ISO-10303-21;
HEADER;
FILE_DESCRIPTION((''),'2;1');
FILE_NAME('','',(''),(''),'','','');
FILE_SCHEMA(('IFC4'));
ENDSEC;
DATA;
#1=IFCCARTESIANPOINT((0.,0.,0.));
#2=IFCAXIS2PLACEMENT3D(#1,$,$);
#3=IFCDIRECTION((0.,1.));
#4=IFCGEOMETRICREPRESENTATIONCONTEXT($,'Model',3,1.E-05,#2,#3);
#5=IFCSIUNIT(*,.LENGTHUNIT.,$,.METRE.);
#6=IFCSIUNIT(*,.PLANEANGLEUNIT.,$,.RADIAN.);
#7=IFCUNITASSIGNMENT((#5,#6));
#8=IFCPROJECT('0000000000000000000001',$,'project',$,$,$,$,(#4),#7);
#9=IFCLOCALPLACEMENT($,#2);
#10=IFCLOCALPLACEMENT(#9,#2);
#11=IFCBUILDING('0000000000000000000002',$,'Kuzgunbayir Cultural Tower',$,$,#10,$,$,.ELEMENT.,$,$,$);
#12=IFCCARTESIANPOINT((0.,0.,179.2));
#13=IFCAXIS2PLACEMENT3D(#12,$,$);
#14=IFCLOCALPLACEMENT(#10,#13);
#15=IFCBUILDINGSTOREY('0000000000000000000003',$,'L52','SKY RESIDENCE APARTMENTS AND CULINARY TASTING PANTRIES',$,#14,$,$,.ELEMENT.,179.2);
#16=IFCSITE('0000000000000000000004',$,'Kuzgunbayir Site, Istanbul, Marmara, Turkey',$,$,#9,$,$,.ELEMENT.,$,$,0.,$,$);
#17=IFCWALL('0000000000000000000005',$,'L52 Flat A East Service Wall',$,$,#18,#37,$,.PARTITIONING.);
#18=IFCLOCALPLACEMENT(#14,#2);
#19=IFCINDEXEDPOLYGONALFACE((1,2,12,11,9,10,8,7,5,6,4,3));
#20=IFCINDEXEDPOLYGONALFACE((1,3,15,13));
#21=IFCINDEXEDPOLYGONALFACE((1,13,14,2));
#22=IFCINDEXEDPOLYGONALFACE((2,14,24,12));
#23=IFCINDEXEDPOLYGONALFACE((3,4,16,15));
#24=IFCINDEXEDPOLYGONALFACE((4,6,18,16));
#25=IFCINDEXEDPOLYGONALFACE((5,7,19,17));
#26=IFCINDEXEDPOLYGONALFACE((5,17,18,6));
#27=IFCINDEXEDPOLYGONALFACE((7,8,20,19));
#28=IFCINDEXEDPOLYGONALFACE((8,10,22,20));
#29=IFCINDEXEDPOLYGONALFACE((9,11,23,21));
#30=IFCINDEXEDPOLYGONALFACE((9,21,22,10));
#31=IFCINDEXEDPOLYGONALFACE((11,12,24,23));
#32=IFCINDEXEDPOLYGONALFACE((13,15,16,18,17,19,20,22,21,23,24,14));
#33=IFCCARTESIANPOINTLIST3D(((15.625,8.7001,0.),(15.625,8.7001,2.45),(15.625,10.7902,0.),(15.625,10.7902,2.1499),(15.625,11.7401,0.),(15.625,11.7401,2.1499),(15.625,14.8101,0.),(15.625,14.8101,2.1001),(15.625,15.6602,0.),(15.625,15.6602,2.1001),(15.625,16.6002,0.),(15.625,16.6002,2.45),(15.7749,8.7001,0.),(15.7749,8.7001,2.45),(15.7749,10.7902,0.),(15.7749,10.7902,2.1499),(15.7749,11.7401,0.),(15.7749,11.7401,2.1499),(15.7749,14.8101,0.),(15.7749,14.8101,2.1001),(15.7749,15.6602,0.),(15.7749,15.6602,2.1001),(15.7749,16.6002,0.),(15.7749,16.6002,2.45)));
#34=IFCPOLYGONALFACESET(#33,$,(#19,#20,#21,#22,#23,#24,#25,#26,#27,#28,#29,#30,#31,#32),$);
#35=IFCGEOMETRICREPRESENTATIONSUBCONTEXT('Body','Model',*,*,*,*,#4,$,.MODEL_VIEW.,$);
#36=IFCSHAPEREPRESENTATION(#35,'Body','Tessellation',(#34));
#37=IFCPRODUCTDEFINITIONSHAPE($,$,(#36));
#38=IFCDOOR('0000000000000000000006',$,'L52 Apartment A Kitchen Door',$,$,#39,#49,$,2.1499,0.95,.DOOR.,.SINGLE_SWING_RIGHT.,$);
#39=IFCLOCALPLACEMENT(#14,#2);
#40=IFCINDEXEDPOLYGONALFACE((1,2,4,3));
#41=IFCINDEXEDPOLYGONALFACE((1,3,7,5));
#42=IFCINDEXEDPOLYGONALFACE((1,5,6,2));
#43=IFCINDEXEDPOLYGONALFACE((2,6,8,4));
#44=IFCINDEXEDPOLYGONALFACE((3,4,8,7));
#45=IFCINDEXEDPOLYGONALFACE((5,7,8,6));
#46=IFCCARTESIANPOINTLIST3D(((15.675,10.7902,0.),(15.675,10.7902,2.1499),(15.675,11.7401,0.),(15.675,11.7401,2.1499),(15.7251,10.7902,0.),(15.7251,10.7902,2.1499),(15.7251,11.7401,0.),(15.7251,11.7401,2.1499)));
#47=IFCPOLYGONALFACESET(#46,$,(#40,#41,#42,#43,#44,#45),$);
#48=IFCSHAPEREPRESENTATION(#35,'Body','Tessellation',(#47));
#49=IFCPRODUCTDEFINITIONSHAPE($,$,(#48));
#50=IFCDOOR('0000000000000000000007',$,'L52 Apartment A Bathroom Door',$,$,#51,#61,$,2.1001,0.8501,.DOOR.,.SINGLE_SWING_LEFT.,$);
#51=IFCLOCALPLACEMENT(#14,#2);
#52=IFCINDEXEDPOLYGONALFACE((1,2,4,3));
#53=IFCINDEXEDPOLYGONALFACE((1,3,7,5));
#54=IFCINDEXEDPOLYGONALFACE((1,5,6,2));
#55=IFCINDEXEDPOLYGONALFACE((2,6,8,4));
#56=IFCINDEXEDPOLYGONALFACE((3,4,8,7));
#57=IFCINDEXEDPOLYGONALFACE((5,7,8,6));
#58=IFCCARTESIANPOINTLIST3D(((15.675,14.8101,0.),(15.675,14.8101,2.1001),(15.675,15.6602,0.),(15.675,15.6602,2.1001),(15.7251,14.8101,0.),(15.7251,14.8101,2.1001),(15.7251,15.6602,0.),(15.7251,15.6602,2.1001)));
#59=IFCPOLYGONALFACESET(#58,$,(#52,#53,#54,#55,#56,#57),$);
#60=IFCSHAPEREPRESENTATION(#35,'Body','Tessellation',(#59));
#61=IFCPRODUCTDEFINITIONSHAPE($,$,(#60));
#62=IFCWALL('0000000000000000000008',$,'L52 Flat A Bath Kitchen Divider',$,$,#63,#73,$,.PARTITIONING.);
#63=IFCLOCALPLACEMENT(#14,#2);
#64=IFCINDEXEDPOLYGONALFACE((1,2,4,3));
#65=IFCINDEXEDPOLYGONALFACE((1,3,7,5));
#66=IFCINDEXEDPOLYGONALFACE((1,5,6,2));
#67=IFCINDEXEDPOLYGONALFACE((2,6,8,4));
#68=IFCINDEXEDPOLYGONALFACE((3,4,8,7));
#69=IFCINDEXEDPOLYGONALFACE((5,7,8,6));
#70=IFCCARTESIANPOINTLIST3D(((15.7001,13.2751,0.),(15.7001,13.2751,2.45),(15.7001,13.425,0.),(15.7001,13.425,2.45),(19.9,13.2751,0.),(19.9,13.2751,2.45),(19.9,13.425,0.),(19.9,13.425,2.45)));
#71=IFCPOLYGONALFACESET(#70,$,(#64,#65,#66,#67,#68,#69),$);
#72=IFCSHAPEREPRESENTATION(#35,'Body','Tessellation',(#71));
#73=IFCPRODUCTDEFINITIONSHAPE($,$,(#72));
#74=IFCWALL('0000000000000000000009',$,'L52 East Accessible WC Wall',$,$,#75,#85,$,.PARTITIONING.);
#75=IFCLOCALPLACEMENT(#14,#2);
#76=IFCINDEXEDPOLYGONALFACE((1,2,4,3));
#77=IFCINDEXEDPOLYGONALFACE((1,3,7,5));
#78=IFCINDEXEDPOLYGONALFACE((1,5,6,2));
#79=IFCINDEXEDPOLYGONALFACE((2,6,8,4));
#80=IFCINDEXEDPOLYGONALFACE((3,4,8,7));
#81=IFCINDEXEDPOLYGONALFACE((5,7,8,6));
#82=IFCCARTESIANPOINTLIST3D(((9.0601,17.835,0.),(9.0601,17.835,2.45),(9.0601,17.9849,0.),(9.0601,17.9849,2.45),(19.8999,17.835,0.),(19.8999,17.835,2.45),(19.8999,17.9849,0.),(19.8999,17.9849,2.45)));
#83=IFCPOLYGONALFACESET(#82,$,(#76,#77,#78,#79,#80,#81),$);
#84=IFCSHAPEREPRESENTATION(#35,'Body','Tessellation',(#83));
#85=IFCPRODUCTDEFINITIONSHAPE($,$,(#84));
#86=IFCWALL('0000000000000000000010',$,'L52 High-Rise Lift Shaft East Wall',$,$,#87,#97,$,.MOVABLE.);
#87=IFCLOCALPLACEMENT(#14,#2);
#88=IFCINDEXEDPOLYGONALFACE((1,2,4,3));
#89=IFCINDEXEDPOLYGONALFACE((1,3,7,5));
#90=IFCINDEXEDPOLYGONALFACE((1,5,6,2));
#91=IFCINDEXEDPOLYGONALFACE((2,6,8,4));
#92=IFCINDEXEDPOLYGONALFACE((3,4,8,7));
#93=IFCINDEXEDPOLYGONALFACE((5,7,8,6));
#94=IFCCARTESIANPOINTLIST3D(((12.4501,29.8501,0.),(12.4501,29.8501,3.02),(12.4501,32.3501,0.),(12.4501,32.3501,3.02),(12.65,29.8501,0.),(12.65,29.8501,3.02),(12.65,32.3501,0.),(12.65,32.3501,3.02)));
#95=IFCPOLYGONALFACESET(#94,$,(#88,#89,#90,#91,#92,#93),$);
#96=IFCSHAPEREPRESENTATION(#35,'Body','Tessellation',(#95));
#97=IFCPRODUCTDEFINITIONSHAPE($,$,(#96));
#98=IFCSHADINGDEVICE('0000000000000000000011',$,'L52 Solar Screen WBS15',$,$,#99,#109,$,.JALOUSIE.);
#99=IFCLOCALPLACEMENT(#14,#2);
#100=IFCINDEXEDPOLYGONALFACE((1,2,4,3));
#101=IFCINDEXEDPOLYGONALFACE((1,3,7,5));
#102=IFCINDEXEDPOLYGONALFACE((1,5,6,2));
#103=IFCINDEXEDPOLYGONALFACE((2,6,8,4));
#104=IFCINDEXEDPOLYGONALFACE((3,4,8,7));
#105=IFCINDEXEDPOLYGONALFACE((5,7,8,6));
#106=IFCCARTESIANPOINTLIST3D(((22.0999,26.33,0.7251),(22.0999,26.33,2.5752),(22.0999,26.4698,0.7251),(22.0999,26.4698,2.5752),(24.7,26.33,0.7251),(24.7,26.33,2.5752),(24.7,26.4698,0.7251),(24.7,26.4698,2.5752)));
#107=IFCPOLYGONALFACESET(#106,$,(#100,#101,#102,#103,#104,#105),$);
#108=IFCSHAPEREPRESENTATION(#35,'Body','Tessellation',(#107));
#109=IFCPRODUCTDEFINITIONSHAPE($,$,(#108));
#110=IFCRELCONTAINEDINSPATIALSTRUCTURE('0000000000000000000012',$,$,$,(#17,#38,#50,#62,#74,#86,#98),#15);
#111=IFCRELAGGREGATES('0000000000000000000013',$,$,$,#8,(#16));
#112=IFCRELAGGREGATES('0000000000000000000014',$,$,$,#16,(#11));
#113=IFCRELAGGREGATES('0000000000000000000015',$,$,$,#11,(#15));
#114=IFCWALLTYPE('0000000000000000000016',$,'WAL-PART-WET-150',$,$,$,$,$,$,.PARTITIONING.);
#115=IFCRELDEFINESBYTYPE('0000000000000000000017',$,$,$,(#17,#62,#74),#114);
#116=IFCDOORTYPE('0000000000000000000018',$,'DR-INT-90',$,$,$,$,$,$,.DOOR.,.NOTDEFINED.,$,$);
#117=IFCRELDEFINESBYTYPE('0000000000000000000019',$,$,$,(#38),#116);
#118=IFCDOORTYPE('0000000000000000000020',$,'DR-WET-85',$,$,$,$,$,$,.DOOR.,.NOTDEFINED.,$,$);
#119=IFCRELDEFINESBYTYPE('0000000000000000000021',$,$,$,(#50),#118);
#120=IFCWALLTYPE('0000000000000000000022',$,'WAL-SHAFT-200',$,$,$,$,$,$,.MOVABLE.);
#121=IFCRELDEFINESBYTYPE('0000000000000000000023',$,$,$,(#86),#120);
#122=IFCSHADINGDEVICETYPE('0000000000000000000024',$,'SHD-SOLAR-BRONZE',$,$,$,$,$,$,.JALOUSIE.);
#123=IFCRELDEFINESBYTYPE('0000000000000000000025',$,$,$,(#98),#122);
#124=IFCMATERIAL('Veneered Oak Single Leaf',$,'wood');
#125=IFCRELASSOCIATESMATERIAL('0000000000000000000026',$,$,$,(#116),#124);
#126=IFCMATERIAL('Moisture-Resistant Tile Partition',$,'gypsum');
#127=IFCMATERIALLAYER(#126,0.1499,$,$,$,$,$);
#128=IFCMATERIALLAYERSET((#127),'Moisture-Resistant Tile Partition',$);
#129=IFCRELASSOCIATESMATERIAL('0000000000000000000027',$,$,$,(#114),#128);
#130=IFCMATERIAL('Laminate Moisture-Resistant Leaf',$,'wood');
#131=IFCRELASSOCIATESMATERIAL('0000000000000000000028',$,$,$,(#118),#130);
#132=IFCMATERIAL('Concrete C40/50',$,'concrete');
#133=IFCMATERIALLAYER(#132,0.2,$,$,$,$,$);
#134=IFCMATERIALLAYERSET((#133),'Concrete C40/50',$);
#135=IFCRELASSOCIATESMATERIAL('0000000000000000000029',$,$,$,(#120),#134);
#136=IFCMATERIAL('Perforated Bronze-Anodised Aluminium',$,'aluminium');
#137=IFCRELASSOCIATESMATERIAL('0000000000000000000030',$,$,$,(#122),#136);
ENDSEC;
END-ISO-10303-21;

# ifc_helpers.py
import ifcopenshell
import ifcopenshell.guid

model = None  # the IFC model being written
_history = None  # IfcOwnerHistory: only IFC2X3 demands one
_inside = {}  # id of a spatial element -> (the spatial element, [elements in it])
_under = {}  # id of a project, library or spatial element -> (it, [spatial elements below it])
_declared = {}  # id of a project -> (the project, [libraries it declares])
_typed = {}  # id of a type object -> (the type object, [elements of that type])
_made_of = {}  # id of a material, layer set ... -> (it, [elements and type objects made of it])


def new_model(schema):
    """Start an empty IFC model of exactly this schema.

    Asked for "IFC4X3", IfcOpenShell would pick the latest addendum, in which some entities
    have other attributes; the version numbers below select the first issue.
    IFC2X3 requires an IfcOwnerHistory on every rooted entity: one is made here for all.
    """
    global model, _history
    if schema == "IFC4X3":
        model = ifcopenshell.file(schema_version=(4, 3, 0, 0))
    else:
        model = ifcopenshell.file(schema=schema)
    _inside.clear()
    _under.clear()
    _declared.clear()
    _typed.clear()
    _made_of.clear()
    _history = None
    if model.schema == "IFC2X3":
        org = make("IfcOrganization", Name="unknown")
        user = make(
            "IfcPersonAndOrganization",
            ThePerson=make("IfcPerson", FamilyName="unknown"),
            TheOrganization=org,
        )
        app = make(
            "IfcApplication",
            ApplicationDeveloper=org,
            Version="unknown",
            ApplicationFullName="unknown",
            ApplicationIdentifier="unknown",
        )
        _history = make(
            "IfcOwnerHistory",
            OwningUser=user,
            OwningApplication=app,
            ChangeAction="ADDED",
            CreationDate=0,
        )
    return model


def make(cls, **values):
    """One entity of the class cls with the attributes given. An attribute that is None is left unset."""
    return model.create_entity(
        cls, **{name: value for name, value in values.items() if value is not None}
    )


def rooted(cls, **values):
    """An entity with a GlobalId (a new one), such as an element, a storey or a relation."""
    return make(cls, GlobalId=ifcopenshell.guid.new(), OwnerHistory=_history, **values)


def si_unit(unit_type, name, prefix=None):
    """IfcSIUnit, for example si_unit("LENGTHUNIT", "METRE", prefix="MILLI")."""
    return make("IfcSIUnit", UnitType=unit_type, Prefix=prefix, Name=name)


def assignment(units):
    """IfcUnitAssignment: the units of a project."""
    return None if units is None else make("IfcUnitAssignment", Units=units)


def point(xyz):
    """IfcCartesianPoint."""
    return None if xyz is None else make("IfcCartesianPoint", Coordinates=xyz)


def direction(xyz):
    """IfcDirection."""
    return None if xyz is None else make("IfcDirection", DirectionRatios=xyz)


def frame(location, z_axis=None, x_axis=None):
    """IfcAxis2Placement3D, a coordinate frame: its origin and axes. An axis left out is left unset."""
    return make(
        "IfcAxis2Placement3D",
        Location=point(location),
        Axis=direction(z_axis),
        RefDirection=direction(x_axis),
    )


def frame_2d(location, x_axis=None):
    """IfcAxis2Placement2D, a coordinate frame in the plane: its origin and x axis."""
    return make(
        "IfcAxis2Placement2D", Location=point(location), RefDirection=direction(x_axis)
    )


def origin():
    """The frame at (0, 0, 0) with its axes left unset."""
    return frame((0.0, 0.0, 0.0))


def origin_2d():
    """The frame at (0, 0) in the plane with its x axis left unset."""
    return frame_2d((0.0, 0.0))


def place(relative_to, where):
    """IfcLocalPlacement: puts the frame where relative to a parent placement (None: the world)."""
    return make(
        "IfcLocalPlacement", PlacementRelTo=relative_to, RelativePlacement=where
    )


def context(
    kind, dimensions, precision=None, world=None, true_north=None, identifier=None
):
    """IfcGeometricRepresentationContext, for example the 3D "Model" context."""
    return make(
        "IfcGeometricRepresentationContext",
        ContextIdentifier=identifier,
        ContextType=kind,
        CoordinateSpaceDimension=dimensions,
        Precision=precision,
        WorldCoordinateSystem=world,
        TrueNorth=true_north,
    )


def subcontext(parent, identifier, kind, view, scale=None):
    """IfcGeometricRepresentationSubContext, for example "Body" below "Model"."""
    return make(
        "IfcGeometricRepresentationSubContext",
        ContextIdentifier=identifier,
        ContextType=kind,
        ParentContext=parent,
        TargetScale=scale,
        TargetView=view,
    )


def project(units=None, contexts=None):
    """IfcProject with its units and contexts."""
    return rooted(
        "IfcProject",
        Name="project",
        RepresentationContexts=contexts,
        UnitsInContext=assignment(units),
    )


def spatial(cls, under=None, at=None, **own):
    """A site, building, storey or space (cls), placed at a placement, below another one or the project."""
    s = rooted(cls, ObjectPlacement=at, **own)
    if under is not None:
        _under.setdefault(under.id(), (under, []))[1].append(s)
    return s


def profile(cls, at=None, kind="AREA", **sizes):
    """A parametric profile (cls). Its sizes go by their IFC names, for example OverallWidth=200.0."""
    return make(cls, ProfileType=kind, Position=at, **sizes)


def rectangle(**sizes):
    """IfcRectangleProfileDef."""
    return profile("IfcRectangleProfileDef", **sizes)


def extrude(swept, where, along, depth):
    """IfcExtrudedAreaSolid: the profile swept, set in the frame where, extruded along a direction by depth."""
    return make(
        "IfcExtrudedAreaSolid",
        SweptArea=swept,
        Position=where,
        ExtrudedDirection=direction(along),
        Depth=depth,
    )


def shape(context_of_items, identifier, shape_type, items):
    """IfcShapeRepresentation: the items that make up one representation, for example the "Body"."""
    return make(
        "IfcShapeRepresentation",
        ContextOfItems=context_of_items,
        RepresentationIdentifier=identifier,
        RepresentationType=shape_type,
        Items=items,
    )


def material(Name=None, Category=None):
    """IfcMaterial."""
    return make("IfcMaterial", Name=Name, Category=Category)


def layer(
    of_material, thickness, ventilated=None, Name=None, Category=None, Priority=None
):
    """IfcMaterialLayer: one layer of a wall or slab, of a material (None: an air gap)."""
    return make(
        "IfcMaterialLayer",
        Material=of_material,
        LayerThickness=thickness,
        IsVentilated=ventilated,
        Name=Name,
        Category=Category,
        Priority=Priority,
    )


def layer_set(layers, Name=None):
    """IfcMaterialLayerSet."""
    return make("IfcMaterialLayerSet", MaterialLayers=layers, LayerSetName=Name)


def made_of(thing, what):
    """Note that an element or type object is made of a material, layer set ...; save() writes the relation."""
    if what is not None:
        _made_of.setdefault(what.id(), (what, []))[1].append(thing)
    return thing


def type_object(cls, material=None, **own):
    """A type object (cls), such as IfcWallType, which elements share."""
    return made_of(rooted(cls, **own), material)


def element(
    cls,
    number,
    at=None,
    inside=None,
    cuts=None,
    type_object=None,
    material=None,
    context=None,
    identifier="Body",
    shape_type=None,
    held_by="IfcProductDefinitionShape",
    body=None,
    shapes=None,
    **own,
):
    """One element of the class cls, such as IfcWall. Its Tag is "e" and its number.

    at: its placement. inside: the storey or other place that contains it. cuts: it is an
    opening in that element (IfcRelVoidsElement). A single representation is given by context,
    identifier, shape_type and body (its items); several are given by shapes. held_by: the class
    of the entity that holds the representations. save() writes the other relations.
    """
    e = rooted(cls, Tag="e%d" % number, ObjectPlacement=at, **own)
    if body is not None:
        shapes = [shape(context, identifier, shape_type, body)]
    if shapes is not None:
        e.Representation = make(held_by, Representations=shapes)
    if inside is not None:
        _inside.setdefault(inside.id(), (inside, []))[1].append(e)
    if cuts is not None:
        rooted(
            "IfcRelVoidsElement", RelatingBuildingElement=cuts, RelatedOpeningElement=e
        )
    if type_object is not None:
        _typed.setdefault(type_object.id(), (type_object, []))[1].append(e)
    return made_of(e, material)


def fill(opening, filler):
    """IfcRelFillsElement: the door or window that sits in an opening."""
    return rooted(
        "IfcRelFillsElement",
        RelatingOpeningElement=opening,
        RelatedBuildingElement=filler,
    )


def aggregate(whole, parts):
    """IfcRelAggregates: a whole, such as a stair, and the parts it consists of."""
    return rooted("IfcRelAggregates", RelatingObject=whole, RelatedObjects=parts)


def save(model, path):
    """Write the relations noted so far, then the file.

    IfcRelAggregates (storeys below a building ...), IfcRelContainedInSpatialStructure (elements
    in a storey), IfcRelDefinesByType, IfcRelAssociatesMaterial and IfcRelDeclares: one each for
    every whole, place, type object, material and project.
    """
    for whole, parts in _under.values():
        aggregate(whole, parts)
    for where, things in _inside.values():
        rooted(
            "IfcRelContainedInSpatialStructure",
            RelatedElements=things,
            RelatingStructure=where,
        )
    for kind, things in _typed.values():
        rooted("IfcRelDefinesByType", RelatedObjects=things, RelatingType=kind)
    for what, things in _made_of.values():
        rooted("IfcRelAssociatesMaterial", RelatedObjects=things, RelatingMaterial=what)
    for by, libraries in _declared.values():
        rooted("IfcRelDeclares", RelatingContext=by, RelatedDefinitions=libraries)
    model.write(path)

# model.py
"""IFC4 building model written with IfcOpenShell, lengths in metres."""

from ifc_helpers import new_model, si_unit, direction, frame, frame_2d, origin, origin_2d, place, context, subcontext, project, spatial, rectangle, extrude, material, layer, layer_set, type_object, element, fill, save


model = new_model("IFC4")

# Units and contexts
model_context = context("Model", 3, precision=1e-05, world=origin(), true_north=direction((0.0, 1.0)))
body_context = subcontext(model_context, "Body", "Model", "MODEL_VIEW")
ifc_project = project(units=[si_unit("LENGTHUNIT", "METRE"), si_unit("PLANEANGLEUNIT", "RADIAN")], contexts=[model_context])

# Site, building, storey
site_placement = place(None, origin())
site = spatial("IfcSite", under=ifc_project, at=site_placement, Name="Kuzgunbayir Site, Istanbul, Marmara, Turkey", CompositionType="ELEMENT", RefElevation=0.0)
building_placement = place(site_placement, origin())
building = spatial("IfcBuilding", under=site, at=building_placement, Name="Kuzgunbayir Cultural Tower", CompositionType="ELEMENT")
storey_placement = place(building_placement, frame((0.0, 0.0, 179.2)))
storey = spatial("IfcBuildingStorey", under=building, at=storey_placement, Name="L52", Description="SKY RESIDENCE APARTMENTS AND CULINARY TASTING PANTRIES", CompositionType="ELEMENT", Elevation=179.2)

# Shared definitions
ifc_material_1 = material(Name="Veneered Oak Single Leaf", Category="wood")
door_type_1 = type_object("IfcDoorType", Name="DR-INT-90", OperationType="NOTDEFINED", PredefinedType="DOOR", material=ifc_material_1)

# Wall, openings, doors
ifc_material_2 = material(Name="Moisture-Resistant Tile Partition", Category="gypsum")
ifc_layer_1 = layer(ifc_material_2, 0.1499)
ifc_layer_set_1 = layer_set([ifc_layer_1], Name="Moisture-Resistant Tile Partition")
wall_type_1 = type_object("IfcWallType", Name="WAL-PART-WET-150", PredefinedType="PARTITIONING", material=ifc_layer_set_1)
wall_1_placement = place(storey_placement, frame((15.7, 8.7, 0.0), z_axis=(0.0, 0.0, 1.0), x_axis=(0.0, 1.0, 0.0)))
wall_1 = element("IfcWall", 1, at=wall_1_placement, inside=storey, type_object=wall_type_1, Name="L52 Flat A East Service Wall", PredefinedType="PARTITIONING", context=body_context, shape_type="SweptSolid", body=[
    extrude(rectangle(XDim=7.9001, YDim=0.1499, at=frame_2d((3.9502, 0.0))), origin(), (0.0, 0.0, 1.0), 2.45),
])
opening_1_placement = place(wall_1_placement, frame((2.0901, 0.0, 0.0)))
opening_1 = element("IfcOpeningElement", 2, at=opening_1_placement, cuts=wall_1, PredefinedType="OPENING", context=body_context, shape_type="SweptSolid", body=[
    extrude(rectangle(XDim=0.95, YDim=2.1499, at=frame_2d((0.4751, 1.075))), frame((0.0, 0.085, 0.0), z_axis=(0.0, -1.0, 0.0), x_axis=(1.0, 0.0, 0.0)), (0.0, 0.0, 1.0), 0.1699),
])
opening_2_placement = place(wall_1_placement, frame((6.1101, 0.0, 0.0)))
opening_2 = element("IfcOpeningElement", 3, at=opening_2_placement, cuts=wall_1, PredefinedType="OPENING", context=body_context, shape_type="SweptSolid", body=[
    extrude(rectangle(XDim=0.8501, YDim=2.1001, at=frame_2d((0.425, 1.05))), frame((0.0, 0.085, 0.0), z_axis=(0.0, -1.0, 0.0), x_axis=(1.0, 0.0, 0.0)), (0.0, 0.0, 1.0), 0.1699),
])
door_1_placement = place(opening_1_placement, origin())
door_1 = element("IfcDoor", 4, at=door_1_placement, inside=storey, type_object=door_type_1, Name="L52 Apartment A Kitchen Door", OperationType="SINGLE_SWING_RIGHT", OverallHeight=2.1499, OverallWidth=0.95, PredefinedType="DOOR", context=body_context, shape_type="SweptSolid", body=[
    extrude(rectangle(XDim=0.95, YDim=2.1499, at=frame_2d((0.4751, 1.075))), frame((0.0, 0.0249, 0.0), z_axis=(0.0, -1.0, 0.0), x_axis=(1.0, 0.0, 0.0)), (0.0, 0.0, 1.0), 0.05),
])
fill(opening_1, door_1)
ifc_material_3 = material(Name="Laminate Moisture-Resistant Leaf", Category="wood")
door_type_2 = type_object("IfcDoorType", Name="DR-WET-85", OperationType="NOTDEFINED", PredefinedType="DOOR", material=ifc_material_3)
door_2_placement = place(opening_2_placement, origin())
door_2 = element("IfcDoor", 5, at=door_2_placement, inside=storey, type_object=door_type_2, Name="L52 Apartment A Bathroom Door", OperationType="SINGLE_SWING_LEFT", OverallHeight=2.1001, OverallWidth=0.8501, PredefinedType="DOOR", context=body_context, shape_type="SweptSolid", body=[
    extrude(rectangle(XDim=0.8501, YDim=2.1001, at=frame_2d((0.425, 1.05))), frame((0.0, 0.0249, 0.0), z_axis=(0.0, -1.0, 0.0), x_axis=(1.0, 0.0, 0.0)), (0.0, 0.0, 1.0), 0.05),
])
fill(opening_2, door_2)

# Walls
wall_2_placement = place(storey_placement, frame((15.7, 13.3501, 0.0), z_axis=(0.0, 0.0, 1.0), x_axis=(1.0, 0.0, 0.0)))
element("IfcWall", 6, at=wall_2_placement, inside=storey, type_object=wall_type_1, Name="L52 Flat A Bath Kitchen Divider", PredefinedType="PARTITIONING", context=body_context, shape_type="SweptSolid", body=[
    extrude(rectangle(XDim=4.2, YDim=0.1499, at=frame_2d((2.1001, 0.0))), origin(), (0.0, 0.0, 1.0), 2.45),
])
wall_3_placement = place(storey_placement, frame((9.0601, 17.9099, 0.0), z_axis=(0.0, 0.0, 1.0), x_axis=(1.0, 0.0, 0.0)))
element("IfcWall", 7, at=wall_3_placement, inside=storey, type_object=wall_type_1, Name="L52 East Accessible WC Wall", PredefinedType="PARTITIONING", context=body_context, shape_type="SweptSolid", body=[
    extrude(rectangle(XDim=10.8398, YDim=0.1499, at=frame_2d((5.4199, 0.0))), origin(), (0.0, 0.0, 1.0), 2.45),
])
ifc_material_4 = material(Name="Concrete C40/50", Category="concrete")
ifc_layer_2 = layer(ifc_material_4, 0.2)
ifc_layer_set_2 = layer_set([ifc_layer_2], Name="Concrete C40/50")
wall_type_2 = type_object("IfcWallType", Name="WAL-SHAFT-200", PredefinedType="MOVABLE", material=ifc_layer_set_2)
wall_4_placement = place(storey_placement, frame((12.55, 29.8501, 0.0), z_axis=(0.0, 0.0, 1.0), x_axis=(0.0, 1.0, 0.0)))
element("IfcWall", 8, at=wall_4_placement, inside=storey, type_object=wall_type_2, Name="L52 High-Rise Lift Shaft East Wall", PredefinedType="MOVABLE", context=body_context, shape_type="SweptSolid", body=[
    extrude(rectangle(XDim=2.5, YDim=0.2, at=frame_2d((1.25, 0.0))), origin(), (0.0, 0.0, 1.0), 3.02),
])

# Shading device
ifc_material_5 = material(Name="Perforated Bronze-Anodised Aluminium", Category="aluminium")
shading_device_type = type_object("IfcShadingDeviceType", Name="SHD-SOLAR-BRONZE", PredefinedType="JALOUSIE", material=ifc_material_5)
shading_device_placement = place(storey_placement, frame((23.3999, 26.3999, 0.7251), z_axis=(0.0, 0.0, 1.0), x_axis=(1.0, 0.0, 0.0)))
element("IfcShadingDevice", 9, at=shading_device_placement, inside=storey, type_object=shading_device_type, Name="L52 Solar Screen WBS15", PredefinedType="JALOUSIE", context=body_context, shape_type="SweptSolid", body=[
    extrude(rectangle(XDim=2.6001, YDim=0.1399, at=origin_2d()), origin(), (0.0, 0.0, 1.0), 1.8501),
])

save(model, "model.ifc")
